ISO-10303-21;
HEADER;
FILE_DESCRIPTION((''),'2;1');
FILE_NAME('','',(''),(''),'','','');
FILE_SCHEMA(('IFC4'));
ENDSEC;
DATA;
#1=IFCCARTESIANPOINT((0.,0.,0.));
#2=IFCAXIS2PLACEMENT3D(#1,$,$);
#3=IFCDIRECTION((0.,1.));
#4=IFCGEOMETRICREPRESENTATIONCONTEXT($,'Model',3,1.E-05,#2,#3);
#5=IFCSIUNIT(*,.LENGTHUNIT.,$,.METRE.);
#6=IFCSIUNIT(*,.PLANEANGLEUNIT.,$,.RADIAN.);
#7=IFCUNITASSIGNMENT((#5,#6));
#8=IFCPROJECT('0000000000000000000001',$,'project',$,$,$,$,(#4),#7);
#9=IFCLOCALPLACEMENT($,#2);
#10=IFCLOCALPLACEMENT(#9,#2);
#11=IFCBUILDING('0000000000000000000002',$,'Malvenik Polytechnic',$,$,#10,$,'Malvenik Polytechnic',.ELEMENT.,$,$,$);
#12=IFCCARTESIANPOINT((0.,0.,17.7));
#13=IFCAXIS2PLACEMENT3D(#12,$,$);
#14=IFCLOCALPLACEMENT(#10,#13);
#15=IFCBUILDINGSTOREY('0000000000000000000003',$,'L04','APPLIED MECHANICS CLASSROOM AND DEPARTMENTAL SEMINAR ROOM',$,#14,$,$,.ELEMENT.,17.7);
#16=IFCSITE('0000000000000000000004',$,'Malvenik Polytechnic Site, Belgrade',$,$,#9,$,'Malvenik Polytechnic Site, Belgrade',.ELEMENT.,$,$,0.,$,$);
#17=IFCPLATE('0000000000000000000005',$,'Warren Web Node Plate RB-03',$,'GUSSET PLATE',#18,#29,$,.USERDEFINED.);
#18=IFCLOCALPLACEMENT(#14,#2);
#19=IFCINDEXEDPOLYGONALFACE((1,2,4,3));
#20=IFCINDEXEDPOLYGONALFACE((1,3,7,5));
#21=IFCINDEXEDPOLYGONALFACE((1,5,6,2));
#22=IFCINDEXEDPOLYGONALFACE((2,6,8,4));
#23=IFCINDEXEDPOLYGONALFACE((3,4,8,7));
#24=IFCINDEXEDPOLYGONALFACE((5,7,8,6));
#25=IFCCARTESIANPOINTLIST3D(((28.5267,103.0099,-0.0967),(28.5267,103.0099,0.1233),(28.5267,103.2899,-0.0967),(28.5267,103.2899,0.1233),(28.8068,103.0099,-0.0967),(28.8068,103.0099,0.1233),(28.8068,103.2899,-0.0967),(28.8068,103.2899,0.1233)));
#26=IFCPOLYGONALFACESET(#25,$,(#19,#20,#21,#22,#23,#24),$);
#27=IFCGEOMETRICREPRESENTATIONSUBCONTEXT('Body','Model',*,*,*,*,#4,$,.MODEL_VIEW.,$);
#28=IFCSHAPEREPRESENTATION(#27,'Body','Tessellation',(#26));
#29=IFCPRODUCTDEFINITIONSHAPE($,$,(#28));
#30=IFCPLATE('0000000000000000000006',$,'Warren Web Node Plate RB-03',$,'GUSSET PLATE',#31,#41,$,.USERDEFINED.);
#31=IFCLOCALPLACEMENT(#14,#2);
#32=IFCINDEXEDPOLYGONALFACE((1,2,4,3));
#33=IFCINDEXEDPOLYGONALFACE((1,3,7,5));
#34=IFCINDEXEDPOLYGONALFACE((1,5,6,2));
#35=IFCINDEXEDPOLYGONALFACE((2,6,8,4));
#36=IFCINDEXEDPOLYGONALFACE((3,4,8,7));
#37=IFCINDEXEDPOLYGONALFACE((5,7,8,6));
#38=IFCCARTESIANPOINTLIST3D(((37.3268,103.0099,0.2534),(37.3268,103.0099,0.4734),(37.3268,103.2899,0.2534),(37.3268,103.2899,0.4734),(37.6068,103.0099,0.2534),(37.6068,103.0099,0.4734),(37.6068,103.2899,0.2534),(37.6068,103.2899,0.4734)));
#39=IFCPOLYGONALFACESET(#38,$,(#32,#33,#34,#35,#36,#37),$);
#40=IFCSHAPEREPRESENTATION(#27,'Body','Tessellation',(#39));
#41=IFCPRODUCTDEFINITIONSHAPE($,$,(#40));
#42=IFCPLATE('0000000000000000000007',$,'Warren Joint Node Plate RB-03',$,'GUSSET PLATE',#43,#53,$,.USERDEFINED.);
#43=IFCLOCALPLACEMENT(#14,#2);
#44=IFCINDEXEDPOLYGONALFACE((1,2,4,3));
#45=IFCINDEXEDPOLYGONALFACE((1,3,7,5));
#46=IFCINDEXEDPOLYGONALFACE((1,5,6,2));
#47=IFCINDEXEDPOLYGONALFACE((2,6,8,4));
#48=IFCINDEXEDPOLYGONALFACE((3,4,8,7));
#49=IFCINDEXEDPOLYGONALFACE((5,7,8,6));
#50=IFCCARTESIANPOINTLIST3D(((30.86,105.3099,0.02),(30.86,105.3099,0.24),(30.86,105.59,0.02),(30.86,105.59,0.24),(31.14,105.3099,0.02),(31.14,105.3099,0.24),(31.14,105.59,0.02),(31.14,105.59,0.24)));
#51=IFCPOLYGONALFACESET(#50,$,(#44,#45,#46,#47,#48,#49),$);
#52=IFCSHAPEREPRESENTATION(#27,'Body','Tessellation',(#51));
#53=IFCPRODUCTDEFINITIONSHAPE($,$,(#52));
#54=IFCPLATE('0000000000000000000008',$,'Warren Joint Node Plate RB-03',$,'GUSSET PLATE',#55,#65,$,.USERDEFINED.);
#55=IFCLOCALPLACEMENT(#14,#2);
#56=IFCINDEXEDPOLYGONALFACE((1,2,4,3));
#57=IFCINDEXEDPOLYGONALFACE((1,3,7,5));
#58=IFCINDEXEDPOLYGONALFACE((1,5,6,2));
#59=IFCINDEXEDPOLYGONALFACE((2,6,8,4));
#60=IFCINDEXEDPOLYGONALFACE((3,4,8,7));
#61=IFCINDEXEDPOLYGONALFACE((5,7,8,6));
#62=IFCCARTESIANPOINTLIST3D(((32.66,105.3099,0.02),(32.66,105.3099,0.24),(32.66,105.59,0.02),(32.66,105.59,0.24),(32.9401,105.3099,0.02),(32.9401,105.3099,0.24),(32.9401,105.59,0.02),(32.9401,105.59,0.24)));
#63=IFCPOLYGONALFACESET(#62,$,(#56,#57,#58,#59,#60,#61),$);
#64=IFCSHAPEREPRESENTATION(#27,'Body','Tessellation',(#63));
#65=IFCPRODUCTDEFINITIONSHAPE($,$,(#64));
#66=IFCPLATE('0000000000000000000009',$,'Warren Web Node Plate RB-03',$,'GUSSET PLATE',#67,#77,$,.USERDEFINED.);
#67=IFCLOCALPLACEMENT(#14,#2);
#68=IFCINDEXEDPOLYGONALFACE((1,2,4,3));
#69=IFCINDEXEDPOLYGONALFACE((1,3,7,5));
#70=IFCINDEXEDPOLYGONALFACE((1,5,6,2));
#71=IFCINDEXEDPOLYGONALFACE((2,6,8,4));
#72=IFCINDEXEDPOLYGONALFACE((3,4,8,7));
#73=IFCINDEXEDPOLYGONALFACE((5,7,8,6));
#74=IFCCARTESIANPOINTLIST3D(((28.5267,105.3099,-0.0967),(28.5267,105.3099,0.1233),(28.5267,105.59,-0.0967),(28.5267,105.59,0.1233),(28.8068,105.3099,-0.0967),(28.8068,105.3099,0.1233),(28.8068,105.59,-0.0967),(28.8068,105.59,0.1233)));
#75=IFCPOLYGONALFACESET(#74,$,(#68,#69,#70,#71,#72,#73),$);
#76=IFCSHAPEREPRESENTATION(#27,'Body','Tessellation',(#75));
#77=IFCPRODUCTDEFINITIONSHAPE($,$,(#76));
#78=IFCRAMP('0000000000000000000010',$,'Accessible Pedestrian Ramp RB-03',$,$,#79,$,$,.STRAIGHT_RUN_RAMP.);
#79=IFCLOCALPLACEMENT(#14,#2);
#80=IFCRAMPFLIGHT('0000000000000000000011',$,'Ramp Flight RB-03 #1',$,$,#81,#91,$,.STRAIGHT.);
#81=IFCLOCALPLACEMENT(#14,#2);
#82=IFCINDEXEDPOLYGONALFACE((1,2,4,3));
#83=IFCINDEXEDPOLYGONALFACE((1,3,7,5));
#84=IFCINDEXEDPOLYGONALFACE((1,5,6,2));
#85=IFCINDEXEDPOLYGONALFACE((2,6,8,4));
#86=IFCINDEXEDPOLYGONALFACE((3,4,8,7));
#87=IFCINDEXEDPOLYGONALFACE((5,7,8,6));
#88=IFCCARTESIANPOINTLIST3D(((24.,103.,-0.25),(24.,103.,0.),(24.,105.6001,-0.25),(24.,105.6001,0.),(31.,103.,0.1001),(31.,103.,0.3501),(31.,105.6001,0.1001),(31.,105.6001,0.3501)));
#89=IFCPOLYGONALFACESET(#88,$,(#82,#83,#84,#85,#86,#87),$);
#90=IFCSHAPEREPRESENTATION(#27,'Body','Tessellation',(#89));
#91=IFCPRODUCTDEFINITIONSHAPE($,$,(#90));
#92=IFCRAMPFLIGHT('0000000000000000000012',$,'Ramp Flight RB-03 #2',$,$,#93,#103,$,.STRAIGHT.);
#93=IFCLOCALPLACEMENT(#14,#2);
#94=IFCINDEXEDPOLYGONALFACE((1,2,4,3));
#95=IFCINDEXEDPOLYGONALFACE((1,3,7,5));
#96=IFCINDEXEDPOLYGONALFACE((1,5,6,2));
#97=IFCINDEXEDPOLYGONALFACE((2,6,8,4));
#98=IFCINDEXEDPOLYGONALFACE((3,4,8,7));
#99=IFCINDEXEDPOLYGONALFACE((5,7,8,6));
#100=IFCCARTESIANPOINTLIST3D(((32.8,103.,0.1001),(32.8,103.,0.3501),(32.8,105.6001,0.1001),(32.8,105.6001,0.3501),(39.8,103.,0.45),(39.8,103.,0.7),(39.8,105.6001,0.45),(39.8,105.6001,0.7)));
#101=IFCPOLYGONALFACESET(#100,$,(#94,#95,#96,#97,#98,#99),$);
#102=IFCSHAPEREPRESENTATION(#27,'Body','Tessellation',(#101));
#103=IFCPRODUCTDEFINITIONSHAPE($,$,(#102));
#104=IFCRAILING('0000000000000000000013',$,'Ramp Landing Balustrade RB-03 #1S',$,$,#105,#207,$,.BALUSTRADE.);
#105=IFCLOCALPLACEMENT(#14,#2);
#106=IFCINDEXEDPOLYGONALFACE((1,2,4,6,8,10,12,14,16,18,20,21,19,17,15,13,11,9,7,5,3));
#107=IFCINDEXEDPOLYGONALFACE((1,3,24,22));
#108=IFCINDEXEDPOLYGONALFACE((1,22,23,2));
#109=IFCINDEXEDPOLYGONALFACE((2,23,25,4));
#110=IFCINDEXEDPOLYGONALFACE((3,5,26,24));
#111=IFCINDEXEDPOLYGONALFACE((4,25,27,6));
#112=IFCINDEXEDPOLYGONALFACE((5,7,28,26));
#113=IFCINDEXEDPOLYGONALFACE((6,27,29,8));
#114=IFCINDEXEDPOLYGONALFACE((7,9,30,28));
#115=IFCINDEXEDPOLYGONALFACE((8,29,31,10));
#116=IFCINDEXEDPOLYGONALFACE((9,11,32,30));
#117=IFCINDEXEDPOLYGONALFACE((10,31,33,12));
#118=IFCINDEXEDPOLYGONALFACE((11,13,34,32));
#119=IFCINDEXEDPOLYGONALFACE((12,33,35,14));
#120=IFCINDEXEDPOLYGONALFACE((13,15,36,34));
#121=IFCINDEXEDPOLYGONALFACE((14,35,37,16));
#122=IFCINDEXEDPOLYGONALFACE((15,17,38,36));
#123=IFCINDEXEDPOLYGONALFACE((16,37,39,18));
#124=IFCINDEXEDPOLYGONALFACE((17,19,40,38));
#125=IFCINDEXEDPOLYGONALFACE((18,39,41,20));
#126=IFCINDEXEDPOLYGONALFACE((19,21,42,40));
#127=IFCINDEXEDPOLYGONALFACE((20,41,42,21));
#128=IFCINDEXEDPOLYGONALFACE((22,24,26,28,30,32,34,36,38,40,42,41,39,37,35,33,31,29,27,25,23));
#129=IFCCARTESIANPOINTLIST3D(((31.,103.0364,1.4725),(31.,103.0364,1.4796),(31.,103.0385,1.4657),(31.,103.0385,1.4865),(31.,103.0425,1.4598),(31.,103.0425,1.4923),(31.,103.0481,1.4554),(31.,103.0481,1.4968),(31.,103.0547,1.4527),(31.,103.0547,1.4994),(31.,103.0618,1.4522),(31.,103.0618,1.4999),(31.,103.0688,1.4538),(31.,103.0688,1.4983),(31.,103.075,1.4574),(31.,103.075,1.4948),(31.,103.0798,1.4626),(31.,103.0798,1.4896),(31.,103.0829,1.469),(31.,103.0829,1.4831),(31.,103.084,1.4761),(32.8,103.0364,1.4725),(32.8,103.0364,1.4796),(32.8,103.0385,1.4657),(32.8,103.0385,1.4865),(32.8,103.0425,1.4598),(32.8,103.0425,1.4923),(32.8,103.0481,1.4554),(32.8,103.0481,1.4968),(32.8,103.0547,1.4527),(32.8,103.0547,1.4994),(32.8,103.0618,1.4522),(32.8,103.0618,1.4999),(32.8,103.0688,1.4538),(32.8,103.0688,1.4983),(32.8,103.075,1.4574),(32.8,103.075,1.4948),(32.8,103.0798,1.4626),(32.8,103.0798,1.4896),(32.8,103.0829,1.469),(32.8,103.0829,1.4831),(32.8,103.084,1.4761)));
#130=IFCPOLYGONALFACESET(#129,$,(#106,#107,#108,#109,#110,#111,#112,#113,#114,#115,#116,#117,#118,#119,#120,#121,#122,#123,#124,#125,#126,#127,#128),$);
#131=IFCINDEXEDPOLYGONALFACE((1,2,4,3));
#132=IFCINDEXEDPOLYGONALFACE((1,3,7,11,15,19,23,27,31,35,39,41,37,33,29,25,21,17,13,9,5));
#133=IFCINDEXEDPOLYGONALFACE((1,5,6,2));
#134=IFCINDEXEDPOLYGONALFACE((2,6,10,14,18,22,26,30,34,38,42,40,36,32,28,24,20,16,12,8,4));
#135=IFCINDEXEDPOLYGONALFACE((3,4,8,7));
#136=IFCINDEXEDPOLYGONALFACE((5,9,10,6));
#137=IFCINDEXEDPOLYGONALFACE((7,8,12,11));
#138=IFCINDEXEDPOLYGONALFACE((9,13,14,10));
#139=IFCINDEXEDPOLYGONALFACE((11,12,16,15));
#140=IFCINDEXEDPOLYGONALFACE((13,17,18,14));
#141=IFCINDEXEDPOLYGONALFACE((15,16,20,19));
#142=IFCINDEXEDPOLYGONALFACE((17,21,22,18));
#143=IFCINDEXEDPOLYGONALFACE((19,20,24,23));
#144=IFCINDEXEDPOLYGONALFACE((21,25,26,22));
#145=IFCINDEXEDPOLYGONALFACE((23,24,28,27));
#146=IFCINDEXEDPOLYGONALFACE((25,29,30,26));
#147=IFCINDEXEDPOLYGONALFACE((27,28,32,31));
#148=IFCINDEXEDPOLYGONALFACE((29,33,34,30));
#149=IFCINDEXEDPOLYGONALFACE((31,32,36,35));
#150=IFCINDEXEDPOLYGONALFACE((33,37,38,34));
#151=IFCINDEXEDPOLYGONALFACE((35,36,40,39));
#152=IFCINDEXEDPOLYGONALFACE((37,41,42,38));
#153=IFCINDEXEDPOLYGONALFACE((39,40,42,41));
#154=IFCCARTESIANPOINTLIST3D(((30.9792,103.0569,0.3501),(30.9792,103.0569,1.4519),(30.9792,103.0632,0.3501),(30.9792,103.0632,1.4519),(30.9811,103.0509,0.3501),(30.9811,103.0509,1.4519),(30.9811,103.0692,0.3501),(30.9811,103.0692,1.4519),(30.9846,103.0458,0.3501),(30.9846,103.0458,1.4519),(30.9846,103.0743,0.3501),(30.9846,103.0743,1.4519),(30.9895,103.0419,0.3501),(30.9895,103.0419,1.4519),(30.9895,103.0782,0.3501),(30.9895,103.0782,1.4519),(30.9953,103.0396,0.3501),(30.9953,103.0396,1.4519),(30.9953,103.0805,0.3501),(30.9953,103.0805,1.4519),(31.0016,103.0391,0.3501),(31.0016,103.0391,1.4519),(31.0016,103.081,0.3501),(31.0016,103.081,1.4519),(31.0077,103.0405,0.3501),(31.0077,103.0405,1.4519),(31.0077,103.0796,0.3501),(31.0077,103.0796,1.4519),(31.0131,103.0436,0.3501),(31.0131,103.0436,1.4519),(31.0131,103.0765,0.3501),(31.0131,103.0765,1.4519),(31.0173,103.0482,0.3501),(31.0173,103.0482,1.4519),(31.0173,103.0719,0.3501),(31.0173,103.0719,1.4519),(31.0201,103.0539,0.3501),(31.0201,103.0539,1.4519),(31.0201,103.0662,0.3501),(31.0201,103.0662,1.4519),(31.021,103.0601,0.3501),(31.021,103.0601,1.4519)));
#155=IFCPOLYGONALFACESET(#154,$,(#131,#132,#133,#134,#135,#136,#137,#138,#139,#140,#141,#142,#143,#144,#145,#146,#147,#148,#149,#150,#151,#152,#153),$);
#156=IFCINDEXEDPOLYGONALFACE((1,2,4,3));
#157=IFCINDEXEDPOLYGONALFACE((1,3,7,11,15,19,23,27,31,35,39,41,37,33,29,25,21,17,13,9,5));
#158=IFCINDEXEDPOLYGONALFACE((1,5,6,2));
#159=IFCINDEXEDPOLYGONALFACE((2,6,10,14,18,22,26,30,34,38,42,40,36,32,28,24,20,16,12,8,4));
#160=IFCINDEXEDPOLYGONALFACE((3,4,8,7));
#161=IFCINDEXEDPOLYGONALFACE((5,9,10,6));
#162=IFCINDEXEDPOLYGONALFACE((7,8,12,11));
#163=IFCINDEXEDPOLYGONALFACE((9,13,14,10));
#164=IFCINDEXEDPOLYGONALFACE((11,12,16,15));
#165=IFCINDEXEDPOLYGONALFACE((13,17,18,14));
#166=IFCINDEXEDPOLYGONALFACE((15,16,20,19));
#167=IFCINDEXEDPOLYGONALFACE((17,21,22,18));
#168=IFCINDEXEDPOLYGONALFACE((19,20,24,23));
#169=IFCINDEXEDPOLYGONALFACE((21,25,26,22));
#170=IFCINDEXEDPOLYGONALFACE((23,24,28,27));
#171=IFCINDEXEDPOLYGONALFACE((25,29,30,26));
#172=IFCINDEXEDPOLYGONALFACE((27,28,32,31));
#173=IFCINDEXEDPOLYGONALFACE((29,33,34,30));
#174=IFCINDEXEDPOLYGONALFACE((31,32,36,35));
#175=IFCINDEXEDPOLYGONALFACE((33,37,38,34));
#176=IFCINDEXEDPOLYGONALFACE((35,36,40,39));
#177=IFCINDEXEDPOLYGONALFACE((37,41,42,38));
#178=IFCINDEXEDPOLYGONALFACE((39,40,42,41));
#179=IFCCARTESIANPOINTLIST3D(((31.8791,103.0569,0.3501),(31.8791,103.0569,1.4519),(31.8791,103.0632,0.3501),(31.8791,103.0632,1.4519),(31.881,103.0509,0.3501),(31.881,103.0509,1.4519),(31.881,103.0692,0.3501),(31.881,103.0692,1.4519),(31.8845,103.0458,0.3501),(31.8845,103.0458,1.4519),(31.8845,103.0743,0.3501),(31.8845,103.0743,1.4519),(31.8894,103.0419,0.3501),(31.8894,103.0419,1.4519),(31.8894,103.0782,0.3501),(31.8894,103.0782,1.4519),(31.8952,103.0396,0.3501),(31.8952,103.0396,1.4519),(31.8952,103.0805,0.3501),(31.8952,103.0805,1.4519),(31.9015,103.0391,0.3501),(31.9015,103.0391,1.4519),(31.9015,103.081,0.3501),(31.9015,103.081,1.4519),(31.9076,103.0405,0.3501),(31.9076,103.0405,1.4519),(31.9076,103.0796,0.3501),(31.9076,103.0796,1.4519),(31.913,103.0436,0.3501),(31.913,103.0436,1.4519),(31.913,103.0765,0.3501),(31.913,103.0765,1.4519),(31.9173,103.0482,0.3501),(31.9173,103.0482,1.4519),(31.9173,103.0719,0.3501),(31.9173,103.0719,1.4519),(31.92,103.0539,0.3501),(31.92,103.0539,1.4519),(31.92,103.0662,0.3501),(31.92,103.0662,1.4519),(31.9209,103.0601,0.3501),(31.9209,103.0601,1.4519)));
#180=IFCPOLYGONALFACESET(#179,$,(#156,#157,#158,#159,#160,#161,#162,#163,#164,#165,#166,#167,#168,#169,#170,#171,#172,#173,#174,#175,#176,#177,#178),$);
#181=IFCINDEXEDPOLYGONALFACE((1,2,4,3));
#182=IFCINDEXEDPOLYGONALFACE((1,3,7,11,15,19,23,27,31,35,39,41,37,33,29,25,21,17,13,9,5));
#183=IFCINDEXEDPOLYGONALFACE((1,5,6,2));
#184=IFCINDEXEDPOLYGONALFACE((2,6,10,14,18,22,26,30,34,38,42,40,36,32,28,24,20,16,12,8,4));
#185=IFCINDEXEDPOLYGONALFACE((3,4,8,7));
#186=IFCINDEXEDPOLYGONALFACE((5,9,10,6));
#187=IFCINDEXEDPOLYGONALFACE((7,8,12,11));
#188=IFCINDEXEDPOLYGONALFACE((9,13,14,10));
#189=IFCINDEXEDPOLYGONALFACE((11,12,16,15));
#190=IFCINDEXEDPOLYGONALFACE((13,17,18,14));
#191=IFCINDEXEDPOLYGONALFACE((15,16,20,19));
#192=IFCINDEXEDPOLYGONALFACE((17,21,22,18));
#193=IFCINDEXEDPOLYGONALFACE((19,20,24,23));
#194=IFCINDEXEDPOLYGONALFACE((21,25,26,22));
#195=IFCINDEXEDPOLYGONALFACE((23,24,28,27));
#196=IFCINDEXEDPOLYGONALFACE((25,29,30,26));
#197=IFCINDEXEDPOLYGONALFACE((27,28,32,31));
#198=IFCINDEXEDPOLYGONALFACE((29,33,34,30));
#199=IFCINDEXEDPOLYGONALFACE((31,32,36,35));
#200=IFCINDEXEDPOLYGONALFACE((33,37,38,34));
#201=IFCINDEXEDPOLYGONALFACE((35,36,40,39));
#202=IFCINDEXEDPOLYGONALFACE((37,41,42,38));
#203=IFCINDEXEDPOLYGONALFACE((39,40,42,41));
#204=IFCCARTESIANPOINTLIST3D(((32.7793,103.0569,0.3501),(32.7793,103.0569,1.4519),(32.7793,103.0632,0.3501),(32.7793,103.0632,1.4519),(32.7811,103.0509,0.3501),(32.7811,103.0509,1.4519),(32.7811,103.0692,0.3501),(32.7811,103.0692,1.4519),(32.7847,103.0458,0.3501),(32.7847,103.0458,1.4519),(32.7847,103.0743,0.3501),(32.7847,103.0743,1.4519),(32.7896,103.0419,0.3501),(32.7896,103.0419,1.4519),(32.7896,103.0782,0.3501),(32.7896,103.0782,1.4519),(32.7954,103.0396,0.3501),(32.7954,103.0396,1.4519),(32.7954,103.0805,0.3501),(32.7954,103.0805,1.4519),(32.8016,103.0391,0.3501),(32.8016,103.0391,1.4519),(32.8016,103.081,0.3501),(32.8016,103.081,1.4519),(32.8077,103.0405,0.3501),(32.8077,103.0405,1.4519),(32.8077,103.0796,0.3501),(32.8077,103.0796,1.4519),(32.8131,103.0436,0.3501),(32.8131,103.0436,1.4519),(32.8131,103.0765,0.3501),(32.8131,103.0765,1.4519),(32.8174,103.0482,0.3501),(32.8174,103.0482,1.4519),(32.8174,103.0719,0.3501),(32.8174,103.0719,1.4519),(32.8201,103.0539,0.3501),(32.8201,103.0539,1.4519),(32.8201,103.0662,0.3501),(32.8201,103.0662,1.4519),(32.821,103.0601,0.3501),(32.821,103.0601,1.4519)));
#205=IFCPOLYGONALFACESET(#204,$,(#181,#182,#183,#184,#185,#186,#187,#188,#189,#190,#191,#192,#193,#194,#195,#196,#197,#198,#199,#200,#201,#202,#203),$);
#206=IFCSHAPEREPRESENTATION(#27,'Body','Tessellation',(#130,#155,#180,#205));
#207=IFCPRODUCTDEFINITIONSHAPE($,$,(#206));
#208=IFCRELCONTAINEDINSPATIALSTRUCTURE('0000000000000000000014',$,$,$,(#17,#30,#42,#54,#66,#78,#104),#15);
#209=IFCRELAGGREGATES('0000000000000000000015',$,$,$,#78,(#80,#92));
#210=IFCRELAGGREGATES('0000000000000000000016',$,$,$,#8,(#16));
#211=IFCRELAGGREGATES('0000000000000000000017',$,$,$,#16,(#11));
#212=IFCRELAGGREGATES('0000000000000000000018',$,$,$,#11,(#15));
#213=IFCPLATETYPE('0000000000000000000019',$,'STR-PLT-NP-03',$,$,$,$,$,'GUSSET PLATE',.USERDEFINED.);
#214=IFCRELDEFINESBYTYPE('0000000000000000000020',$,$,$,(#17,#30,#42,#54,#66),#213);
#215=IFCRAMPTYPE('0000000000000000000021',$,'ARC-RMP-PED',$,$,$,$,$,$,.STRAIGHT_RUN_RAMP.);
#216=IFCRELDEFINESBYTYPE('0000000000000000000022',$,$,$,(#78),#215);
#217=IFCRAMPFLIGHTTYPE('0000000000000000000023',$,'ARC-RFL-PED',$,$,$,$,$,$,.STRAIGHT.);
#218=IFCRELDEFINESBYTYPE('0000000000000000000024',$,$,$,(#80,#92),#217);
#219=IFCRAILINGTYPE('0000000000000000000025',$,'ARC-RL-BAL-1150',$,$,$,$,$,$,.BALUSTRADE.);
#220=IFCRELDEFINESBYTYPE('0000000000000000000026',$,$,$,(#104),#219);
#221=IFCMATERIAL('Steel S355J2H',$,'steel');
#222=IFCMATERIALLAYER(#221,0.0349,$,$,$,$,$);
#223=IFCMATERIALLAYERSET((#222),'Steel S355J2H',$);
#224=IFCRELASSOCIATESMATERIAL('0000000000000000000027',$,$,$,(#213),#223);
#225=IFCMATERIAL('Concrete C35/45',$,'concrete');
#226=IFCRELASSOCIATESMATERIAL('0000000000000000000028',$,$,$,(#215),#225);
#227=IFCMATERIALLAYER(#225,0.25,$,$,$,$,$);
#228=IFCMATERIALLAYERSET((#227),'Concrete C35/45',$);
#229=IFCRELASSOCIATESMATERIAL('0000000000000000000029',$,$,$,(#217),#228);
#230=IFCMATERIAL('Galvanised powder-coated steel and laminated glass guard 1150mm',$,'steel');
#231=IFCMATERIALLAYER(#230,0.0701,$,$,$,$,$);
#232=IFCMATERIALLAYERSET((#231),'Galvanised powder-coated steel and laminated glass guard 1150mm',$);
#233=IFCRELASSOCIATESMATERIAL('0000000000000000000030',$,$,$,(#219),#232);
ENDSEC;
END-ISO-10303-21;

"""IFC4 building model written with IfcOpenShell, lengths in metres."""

from ifc_helpers import new_model, si_unit, direction, frame, origin, origin_2d, place, context, subcontext, project, spatial, polyline, rectangle, circle, outline, extrude, material, layer, layer_set, type_object, element, aggregate, save


model = new_model("IFC4")

# Units and contexts
model_context = context("Model", 3, precision=1e-05, world=origin(), true_north=direction((0.0, 1.0)))
body_context = subcontext(model_context, "Body", "Model", "MODEL_VIEW")
ifc_project = project(units=[si_unit("LENGTHUNIT", "METRE"), si_unit("PLANEANGLEUNIT", "RADIAN")], contexts=[model_context])

# Site, building, storey
site_placement = place(None, origin())
site = spatial("IfcSite", under=ifc_project, at=site_placement, Name="Malvenik Polytechnic Site, Belgrade", LongName="Malvenik Polytechnic Site, Belgrade", CompositionType="ELEMENT", RefElevation=0.0)
building_placement = place(site_placement, origin())
building = spatial("IfcBuilding", under=site, at=building_placement, Name="Malvenik Polytechnic", LongName="Malvenik Polytechnic", CompositionType="ELEMENT")
storey_placement = place(building_placement, frame((0.0, 0.0, 17.7)))
storey = spatial("IfcBuildingStorey", under=building, at=storey_placement, Name="L04", Description="APPLIED MECHANICS CLASSROOM AND DEPARTMENTAL SEMINAR ROOM", CompositionType="ELEMENT", Elevation=17.7)

# Shared definitions
ifc_material_1 = material(Name="Concrete C35/45", Category="concrete")

# Shared definitions
ifc_material_2 = material(Name="Steel S355J2H", Category="steel")

# Plates
ifc_layer_1 = layer(ifc_material_2, 0.0349)
ifc_layer_set_1 = layer_set([ifc_layer_1], Name="Steel S355J2H")
plate_type = type_object("IfcPlateType", Name="STR-PLT-NP-03", ElementType="GUSSET PLATE", PredefinedType="USERDEFINED", material=ifc_layer_set_1)
for number, where, z_axis, x_axis, name in (
    (1, (28.6667, 103.1499, -0.0967), (0.0, 0.0, 1.0), (1.0, 0.0, 0.0), "Warren Web Node Plate RB-03"),
    (2, (37.4668, 103.1499, 0.2534), (0.0, 0.0, 1.0), (1.0, 0.0, 0.0), "Warren Web Node Plate RB-03"),
    (3, (31.0, 105.45, 0.02), (0.0, 0.0, 1.0), (1.0, 0.0, 0.0), "Warren Joint Node Plate RB-03"),
    (4, (32.8, 105.45, 0.02), (0.0, 0.0, 1.0), (1.0, 0.0, 0.0), "Warren Joint Node Plate RB-03"),
    (5, (28.6667, 105.45, -0.0967), (0.0, 0.0, 1.0), (1.0, 0.0, 0.0), "Warren Web Node Plate RB-03"),
):
    element("IfcPlate", number, at=place(storey_placement, frame(where, z_axis=z_axis, x_axis=x_axis)), inside=storey, type_object=plate_type, Name=name, ObjectType="GUSSET PLATE", PredefinedType="USERDEFINED", context=body_context, shape_type="SweptSolid", body=[
        extrude(rectangle(XDim=0.28, YDim=0.28, at=origin_2d()), origin(), (0.0, 0.0, 1.0), 0.22),
    ])

# Ramp, ramp flights
ramp_type = type_object("IfcRampType", Name="ARC-RMP-PED", PredefinedType="STRAIGHT_RUN_RAMP", material=ifc_material_1)
ramp_placement = place(storey_placement, origin())
ramp = element("IfcRamp", 6, at=ramp_placement, inside=storey, type_object=ramp_type, Name="Accessible Pedestrian Ramp RB-03", PredefinedType="STRAIGHT_RUN_RAMP")
ifc_layer_2 = layer(ifc_material_1, 0.25)
ifc_layer_set_2 = layer_set([ifc_layer_2], Name="Concrete C35/45")
ramp_flight_type = type_object("IfcRampFlightType", Name="ARC-RFL-PED", PredefinedType="STRAIGHT", material=ifc_layer_set_2)
ramp_flight_1_placement = place(storey_placement, frame((24.0, 104.3, 0.0), z_axis=(0.0, 0.0, 1.0), x_axis=(1.0, 0.0, 0.0)))
ramp_flight_1 = element("IfcRampFlight", 7, at=ramp_flight_1_placement, type_object=ramp_flight_type, Name="Ramp Flight RB-03 #1", PredefinedType="STRAIGHT", context=body_context, shape_type="SweptSolid", body=[
    extrude(outline(polyline([(0.0, -0.25), (7.0, 0.1001), (7.0, 0.3501), (0.0, 0.0), (0.0, -0.25)])), frame((0.0, 1.3, 0.0), z_axis=(0.0, -1.0, 0.0), x_axis=(1.0, 0.0, 0.0)), (0.0, 0.0, 1.0), 2.6001),
])
ramp_flight_2_placement = place(storey_placement, frame((32.8, 104.3, 0.3501), z_axis=(0.0, 0.0, 1.0), x_axis=(1.0, 0.0, 0.0)))
ramp_flight_2 = element("IfcRampFlight", 8, at=ramp_flight_2_placement, type_object=ramp_flight_type, Name="Ramp Flight RB-03 #2", PredefinedType="STRAIGHT", context=body_context, shape_type="SweptSolid", body=[
    extrude(outline(polyline([(0.0, -0.25), (7.0, 0.0999), (7.0, 0.3499), (0.0, 0.0), (0.0, -0.25)])), frame((0.0, 1.3, 0.0), z_axis=(0.0, -1.0, 0.0), x_axis=(1.0, 0.0, 0.0)), (0.0, 0.0, 1.0), 2.6001),
])
aggregate(ramp, [ramp_flight_1, ramp_flight_2])

# Railing
ifc_material_3 = material(Name="Galvanised powder-coated steel and laminated glass guard 1150mm", Category="steel")
ifc_layer_3 = layer(ifc_material_3, 0.0701)
ifc_layer_set_3 = layer_set([ifc_layer_3], Name="Galvanised powder-coated steel and laminated glass guard 1150mm")
railing_type_1 = type_object("IfcRailingType", Name="ARC-RL-BAL-1150", PredefinedType="BALUSTRADE", material=ifc_layer_set_3)
railing_1_placement = place(storey_placement, frame((31.0, 103.0601, 0.3501)))
element("IfcRailing", 9, at=railing_1_placement, inside=storey, type_object=railing_type_1, Name="Ramp Landing Balustrade RB-03 #1S", PredefinedType="BALUSTRADE", context=body_context, shape_type="SweptSolid", body=[
    extrude(circle(Radius=0.0239, at=origin_2d()), frame((0.0, 0.0, 1.126), z_axis=(1.0, 0.0, 0.0), x_axis=(0.0, 1.0, 0.0)), (0.0, 0.0, 1.0), 1.8),
    extrude(circle(Radius=0.021, at=origin_2d()), origin(), (0.0, 0.0, 1.0), 1.1018),
    extrude(circle(Radius=0.021, at=origin_2d()), frame((0.8999, 0.0, 0.0)), (0.0, 0.0, 1.0), 1.1018),
    extrude(circle(Radius=0.021, at=origin_2d()), frame((1.8, 0.0, 0.0)), (0.0, 0.0, 1.0), 1.1018),
])

save(model, "model.ifc")
